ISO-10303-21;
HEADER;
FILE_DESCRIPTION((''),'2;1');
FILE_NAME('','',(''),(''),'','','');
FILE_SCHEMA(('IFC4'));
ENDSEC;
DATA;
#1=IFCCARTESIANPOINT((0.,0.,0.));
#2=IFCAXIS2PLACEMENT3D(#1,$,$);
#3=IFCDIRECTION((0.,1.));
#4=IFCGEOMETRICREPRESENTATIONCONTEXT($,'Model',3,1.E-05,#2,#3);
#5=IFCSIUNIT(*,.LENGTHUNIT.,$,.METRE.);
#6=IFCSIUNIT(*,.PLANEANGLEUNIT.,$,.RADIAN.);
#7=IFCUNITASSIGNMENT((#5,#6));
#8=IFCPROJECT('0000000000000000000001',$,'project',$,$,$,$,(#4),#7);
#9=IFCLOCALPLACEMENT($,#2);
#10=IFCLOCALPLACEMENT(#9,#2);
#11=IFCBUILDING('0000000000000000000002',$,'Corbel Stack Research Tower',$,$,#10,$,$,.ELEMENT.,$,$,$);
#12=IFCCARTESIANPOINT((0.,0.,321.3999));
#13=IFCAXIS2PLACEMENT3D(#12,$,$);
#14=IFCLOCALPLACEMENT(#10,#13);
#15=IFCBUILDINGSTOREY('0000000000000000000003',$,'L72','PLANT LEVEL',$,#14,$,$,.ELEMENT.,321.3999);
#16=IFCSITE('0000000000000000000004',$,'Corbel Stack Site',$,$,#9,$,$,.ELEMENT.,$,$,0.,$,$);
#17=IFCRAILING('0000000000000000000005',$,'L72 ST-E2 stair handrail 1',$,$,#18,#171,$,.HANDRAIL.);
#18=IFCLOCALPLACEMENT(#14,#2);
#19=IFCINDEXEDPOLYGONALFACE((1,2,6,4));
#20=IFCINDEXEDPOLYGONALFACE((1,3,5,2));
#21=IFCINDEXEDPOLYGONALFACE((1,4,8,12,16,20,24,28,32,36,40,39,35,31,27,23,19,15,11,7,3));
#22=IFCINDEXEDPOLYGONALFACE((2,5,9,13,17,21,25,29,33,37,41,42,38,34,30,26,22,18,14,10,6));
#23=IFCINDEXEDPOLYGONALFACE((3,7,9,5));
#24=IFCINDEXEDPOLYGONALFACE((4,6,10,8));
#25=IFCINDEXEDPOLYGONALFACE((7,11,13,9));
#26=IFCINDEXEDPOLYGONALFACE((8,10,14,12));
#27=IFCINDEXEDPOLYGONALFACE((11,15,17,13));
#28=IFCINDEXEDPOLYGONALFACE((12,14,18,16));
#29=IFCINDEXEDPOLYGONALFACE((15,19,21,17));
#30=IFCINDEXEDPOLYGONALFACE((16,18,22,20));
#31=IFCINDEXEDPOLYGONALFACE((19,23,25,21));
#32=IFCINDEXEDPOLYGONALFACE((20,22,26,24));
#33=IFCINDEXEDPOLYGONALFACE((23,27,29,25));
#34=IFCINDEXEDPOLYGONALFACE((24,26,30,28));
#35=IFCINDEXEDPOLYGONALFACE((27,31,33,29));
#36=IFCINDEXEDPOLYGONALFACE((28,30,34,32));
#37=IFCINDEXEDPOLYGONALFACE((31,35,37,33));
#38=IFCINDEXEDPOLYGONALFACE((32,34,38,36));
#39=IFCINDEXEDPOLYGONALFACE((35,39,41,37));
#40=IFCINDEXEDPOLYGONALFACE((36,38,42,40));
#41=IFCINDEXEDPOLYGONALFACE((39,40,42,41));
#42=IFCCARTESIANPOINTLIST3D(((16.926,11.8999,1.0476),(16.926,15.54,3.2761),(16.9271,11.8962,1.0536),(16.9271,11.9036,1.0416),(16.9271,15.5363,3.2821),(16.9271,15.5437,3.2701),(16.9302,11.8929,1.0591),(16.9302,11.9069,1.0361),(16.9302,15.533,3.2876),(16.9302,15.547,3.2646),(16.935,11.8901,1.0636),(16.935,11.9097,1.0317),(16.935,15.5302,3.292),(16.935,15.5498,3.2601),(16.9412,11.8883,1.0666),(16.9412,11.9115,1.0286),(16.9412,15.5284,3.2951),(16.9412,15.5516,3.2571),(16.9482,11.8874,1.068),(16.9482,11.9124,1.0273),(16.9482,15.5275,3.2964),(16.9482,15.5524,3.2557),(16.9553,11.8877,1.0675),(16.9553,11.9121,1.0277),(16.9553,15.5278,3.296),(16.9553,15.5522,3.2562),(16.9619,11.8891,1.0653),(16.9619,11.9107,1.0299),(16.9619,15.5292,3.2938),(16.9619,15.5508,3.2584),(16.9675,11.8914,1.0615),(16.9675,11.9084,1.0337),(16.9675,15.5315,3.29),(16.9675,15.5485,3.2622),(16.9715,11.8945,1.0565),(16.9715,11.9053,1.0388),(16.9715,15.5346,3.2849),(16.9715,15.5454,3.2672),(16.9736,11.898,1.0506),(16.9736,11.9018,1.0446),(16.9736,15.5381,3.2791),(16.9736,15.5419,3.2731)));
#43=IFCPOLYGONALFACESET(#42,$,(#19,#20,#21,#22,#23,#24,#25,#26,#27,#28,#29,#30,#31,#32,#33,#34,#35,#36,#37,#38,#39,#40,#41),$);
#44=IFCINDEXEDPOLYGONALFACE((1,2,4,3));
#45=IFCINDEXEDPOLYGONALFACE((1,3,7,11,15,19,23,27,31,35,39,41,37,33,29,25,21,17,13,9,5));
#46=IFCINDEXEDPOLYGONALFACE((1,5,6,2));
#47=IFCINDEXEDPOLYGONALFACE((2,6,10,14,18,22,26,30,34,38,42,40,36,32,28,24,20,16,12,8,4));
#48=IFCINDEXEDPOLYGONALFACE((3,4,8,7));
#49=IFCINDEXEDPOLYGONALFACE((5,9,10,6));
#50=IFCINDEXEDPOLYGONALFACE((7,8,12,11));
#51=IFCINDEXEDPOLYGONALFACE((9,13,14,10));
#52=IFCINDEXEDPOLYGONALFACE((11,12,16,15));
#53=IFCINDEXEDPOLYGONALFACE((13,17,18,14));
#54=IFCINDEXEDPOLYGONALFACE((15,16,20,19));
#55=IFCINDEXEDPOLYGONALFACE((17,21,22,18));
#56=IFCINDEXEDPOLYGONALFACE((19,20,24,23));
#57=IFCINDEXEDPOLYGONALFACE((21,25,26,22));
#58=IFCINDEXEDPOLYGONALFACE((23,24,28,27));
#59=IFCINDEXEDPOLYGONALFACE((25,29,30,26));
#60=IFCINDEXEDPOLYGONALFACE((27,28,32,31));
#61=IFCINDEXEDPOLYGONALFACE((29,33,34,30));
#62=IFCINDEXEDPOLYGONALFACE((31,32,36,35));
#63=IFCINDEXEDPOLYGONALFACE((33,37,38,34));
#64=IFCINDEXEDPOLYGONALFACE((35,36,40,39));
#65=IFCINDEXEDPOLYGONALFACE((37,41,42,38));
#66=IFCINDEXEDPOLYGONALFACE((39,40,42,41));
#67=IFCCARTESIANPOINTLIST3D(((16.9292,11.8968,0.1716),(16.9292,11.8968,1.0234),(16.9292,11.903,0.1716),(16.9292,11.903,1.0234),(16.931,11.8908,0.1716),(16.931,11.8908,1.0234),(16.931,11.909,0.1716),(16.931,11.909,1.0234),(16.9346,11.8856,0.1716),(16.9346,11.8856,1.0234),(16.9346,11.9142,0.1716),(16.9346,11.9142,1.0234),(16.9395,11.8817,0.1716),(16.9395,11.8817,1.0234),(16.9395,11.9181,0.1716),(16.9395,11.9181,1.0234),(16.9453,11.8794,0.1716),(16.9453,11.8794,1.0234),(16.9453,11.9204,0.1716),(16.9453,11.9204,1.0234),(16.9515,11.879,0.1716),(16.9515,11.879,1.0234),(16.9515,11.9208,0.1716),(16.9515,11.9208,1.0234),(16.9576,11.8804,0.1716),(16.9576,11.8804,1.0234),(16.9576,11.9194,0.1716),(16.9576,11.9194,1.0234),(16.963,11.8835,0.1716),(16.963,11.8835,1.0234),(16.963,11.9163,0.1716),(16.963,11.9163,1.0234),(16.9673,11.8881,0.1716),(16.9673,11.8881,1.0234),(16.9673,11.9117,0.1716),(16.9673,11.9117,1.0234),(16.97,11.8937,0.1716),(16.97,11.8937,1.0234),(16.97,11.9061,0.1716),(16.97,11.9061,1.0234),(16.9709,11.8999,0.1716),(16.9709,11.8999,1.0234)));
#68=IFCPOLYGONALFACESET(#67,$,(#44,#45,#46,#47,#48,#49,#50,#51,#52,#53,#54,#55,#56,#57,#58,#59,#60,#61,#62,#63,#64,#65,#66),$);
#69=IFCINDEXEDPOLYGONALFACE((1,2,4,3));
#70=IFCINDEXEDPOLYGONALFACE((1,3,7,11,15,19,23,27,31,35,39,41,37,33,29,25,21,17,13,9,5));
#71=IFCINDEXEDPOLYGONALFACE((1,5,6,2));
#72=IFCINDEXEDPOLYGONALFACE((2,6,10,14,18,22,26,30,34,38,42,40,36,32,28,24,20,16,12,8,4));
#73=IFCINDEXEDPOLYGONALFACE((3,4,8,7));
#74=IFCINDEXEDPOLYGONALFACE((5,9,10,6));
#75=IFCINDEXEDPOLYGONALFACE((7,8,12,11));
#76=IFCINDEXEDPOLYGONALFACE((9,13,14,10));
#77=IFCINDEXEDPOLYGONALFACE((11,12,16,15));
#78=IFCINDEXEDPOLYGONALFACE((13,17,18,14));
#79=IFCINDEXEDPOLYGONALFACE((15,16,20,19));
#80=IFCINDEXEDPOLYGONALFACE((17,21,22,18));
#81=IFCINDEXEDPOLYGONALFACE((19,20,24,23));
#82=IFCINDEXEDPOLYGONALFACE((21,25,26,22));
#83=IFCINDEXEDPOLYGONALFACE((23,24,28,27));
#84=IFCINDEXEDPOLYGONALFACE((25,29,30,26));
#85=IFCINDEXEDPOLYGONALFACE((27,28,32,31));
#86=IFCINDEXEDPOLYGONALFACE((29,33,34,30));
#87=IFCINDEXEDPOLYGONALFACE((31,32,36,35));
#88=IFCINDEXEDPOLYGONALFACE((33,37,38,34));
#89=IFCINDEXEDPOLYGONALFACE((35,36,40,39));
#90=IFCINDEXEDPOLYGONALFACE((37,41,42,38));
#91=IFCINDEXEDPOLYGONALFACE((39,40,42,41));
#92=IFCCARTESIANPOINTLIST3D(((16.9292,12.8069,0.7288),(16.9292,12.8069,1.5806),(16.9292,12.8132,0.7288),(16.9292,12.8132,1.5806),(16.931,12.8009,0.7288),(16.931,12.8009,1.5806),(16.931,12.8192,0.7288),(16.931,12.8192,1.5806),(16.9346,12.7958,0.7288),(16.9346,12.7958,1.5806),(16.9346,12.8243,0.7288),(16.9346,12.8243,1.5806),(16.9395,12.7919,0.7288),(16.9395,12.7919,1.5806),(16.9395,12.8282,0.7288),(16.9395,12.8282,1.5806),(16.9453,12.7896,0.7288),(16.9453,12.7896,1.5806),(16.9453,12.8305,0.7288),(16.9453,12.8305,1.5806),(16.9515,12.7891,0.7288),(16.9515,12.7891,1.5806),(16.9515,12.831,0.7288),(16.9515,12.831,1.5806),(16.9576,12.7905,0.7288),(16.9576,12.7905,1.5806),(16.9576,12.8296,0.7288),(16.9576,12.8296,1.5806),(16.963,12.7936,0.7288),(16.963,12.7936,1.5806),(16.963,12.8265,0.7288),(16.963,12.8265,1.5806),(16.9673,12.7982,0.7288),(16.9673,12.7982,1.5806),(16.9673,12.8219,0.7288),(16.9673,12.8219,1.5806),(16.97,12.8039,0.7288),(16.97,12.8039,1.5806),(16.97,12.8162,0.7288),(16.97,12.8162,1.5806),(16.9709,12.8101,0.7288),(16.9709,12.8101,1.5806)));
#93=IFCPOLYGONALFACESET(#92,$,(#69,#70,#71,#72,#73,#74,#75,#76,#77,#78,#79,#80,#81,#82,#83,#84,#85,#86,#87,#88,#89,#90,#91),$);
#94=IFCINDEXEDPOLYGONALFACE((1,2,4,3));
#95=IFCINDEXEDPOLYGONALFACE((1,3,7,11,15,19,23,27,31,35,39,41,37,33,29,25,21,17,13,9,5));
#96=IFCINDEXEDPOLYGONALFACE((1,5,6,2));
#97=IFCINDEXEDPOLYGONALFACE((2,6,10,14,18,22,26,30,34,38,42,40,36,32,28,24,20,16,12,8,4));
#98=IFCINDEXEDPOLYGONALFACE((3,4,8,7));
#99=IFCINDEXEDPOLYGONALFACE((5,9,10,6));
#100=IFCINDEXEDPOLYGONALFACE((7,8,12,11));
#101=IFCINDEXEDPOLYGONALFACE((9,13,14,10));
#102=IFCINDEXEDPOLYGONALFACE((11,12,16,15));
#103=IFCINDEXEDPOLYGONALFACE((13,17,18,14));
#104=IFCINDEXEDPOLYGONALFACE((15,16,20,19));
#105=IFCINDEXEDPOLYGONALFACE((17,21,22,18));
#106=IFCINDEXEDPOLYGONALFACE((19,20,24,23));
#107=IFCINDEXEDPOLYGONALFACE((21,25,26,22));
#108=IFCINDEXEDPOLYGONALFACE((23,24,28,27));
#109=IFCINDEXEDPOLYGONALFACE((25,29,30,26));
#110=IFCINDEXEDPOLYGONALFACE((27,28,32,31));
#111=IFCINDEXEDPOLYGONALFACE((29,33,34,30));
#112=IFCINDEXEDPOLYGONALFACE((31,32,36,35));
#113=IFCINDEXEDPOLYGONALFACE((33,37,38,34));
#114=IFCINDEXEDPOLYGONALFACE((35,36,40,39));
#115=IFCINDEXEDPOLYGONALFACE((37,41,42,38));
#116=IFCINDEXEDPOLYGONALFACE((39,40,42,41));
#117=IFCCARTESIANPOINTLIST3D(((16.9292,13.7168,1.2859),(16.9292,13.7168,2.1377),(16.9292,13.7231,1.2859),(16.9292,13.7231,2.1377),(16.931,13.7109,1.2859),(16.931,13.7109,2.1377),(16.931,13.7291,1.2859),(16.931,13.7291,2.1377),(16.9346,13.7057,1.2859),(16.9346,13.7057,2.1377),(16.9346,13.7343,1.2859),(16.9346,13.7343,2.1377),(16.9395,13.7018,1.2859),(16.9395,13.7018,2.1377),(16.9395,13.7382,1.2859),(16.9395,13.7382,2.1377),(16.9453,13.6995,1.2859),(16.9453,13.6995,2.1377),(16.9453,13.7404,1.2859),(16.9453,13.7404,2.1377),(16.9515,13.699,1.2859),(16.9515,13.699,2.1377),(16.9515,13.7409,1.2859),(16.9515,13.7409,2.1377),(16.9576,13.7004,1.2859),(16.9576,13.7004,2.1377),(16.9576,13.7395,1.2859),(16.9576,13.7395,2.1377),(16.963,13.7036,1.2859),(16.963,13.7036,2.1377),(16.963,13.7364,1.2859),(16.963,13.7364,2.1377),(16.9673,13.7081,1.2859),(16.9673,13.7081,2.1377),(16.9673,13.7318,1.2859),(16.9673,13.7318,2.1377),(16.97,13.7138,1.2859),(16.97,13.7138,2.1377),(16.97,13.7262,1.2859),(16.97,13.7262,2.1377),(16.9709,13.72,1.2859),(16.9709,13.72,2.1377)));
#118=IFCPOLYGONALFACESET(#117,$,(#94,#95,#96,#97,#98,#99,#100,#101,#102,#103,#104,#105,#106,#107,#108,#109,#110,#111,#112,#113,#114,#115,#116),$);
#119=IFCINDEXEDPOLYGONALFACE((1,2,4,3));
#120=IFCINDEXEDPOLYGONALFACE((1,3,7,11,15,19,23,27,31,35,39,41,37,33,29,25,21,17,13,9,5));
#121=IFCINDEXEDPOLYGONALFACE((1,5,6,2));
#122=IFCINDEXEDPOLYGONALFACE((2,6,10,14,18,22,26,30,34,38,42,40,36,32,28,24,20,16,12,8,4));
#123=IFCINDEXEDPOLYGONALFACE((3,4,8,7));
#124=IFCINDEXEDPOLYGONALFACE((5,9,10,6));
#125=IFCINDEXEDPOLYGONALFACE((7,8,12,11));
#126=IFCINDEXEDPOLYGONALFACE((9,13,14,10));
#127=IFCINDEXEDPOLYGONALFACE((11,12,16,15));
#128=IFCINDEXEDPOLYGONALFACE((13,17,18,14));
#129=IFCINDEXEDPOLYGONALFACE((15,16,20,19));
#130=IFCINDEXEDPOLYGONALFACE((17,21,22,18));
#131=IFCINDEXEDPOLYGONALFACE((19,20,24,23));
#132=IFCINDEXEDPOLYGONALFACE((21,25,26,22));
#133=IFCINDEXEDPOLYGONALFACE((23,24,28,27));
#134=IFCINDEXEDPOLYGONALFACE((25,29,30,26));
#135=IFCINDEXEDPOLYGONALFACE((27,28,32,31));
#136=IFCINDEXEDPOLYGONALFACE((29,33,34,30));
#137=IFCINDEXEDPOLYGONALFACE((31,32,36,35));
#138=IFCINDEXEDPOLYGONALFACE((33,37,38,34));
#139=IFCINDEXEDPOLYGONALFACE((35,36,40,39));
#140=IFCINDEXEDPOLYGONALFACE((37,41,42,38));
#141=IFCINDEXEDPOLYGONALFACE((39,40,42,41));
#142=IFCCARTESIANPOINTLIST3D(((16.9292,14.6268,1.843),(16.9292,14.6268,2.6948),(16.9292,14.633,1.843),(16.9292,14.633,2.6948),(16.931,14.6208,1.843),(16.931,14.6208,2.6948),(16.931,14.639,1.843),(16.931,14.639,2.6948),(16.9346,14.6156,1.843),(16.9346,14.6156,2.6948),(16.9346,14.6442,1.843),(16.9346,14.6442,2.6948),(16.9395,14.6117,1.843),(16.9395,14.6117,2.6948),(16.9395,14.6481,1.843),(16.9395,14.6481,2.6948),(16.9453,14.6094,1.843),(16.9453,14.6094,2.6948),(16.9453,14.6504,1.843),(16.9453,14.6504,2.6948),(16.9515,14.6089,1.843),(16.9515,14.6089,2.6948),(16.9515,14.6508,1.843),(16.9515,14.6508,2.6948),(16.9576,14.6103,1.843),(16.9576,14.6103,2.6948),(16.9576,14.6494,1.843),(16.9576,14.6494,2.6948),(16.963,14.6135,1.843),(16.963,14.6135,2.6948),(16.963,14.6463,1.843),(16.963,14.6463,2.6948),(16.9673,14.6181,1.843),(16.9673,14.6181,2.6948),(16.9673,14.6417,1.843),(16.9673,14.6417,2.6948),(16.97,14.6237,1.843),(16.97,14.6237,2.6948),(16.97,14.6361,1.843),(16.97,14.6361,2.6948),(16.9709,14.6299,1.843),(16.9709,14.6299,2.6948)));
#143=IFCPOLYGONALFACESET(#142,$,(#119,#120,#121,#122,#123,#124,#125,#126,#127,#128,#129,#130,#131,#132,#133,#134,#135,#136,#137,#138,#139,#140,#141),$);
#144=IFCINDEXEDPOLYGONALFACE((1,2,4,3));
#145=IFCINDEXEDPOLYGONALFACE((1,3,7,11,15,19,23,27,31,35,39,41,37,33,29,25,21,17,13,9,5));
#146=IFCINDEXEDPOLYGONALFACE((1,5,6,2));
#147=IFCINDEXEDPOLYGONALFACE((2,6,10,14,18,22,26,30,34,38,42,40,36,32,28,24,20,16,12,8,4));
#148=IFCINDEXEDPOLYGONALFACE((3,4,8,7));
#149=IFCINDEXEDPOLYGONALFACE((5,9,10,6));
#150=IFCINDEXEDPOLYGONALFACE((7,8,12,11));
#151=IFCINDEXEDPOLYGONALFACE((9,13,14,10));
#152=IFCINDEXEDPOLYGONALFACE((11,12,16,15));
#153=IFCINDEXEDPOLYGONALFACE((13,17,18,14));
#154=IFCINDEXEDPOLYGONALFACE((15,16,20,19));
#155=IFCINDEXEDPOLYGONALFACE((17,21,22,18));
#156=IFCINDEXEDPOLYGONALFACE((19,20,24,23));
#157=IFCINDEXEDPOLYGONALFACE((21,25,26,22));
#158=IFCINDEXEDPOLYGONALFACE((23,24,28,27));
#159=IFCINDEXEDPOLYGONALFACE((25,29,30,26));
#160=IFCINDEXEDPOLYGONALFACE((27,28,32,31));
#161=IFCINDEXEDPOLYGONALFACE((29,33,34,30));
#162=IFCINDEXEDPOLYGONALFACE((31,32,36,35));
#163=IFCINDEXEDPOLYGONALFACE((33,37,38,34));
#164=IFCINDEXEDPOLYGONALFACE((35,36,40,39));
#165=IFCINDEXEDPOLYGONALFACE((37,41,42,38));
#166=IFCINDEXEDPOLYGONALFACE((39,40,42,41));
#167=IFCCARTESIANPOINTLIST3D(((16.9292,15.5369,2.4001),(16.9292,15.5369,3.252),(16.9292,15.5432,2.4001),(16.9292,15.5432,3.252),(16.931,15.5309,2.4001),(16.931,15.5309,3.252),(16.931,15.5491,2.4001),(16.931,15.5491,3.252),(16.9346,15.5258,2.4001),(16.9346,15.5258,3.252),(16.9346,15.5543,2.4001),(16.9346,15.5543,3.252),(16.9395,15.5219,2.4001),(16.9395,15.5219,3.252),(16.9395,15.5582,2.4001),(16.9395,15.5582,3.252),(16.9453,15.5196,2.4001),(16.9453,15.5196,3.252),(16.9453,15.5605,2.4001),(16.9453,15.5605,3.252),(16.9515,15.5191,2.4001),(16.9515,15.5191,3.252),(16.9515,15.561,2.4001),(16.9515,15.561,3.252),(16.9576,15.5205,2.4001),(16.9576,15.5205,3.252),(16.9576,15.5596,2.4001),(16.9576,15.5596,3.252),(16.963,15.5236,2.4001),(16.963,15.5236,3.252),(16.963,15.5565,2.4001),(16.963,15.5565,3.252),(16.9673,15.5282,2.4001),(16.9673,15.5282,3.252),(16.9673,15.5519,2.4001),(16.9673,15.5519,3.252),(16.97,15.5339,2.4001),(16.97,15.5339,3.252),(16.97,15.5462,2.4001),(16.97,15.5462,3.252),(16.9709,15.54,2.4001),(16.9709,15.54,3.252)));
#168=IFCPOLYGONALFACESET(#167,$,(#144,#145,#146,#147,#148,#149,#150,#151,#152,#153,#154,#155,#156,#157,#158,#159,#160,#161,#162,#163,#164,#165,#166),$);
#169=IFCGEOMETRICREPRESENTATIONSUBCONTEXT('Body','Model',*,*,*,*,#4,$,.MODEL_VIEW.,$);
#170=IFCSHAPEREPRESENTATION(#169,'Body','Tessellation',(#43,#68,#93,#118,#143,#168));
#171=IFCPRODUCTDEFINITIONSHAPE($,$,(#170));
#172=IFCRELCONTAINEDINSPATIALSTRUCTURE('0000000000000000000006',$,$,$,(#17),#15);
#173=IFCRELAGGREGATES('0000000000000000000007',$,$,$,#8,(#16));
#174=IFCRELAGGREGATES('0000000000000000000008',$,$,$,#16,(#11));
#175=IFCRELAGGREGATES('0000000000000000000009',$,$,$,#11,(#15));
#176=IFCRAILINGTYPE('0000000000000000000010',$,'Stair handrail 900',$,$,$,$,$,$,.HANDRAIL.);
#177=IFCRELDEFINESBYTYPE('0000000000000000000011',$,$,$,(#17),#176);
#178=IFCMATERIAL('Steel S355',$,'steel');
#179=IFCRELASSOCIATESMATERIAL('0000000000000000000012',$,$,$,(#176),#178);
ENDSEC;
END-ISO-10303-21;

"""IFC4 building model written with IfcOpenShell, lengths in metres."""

from ifc_helpers import new_model, si_unit, direction, frame, origin, origin_2d, place, context, subcontext, project, spatial, circle, extrude, material, type_object, element, save


model = new_model("IFC4")

# Units and contexts
model_context = context("Model", 3, precision=1e-05, world=origin(), true_north=direction((0.0, 1.0)))
body_context = subcontext(model_context, "Body", "Model", "MODEL_VIEW")
ifc_project = project(units=[si_unit("LENGTHUNIT", "METRE"), si_unit("PLANEANGLEUNIT", "RADIAN")], contexts=[model_context])

# Site, building, storey
site_placement = place(None, origin())
site = spatial("IfcSite", under=ifc_project, at=site_placement, Name="Corbel Stack Site", CompositionType="ELEMENT", RefElevation=0.0)
building_placement = place(site_placement, origin())
building = spatial("IfcBuilding", under=site, at=building_placement, Name="Corbel Stack Research Tower", CompositionType="ELEMENT")
storey_placement = place(building_placement, frame((0.0, 0.0, 321.3999)))
storey = spatial("IfcBuildingStorey", under=building, at=storey_placement, Name="L72", Description="PLANT LEVEL", CompositionType="ELEMENT", Elevation=321.3999)

# Railing
ifc_material_1 = material(Name="Steel S355", Category="steel")
railing_type_1 = type_object("IfcRailingType", Name="Stair handrail 900", PredefinedType="HANDRAIL", material=ifc_material_1)
railing_1_placement = place(storey_placement, frame((16.95, 11.8999, 0.1716)))
element("IfcRailing", 1, at=railing_1_placement, inside=storey, type_object=railing_type_1, Name="L72 ST-E2 stair handrail 1", PredefinedType="HANDRAIL", context=body_context, shape_type="SweptSolid", body=[
    extrude(circle(Radius=0.0239, at=origin_2d()), frame((0.0, 0.0, 0.876), z_axis=(0.0, 0.852866, 0.52213), x_axis=(-1.0, 0.0, 0.0)), (0.0, 0.0, 1.0), 4.2681),
    extrude(circle(Radius=0.021, at=origin_2d()), origin(), (0.0, 0.0, 1.0), 0.8518),
    extrude(circle(Radius=0.021, at=origin_2d()), frame((0.0, 0.9102, 0.5571)), (0.0, 0.0, 1.0), 0.8518),
    extrude(circle(Radius=0.021, at=origin_2d()), frame((0.0, 1.8201, 1.1143)), (0.0, 0.0, 1.0), 0.8518),
    extrude(circle(Radius=0.021, at=origin_2d()), frame((0.0, 2.73, 1.6714)), (0.0, 0.0, 1.0), 0.8518),
    extrude(circle(Radius=0.021, at=origin_2d()), frame((0.0, 3.6401, 2.2285)), (0.0, 0.0, 1.0), 0.8518),
])

save(model, "model.ifc")
